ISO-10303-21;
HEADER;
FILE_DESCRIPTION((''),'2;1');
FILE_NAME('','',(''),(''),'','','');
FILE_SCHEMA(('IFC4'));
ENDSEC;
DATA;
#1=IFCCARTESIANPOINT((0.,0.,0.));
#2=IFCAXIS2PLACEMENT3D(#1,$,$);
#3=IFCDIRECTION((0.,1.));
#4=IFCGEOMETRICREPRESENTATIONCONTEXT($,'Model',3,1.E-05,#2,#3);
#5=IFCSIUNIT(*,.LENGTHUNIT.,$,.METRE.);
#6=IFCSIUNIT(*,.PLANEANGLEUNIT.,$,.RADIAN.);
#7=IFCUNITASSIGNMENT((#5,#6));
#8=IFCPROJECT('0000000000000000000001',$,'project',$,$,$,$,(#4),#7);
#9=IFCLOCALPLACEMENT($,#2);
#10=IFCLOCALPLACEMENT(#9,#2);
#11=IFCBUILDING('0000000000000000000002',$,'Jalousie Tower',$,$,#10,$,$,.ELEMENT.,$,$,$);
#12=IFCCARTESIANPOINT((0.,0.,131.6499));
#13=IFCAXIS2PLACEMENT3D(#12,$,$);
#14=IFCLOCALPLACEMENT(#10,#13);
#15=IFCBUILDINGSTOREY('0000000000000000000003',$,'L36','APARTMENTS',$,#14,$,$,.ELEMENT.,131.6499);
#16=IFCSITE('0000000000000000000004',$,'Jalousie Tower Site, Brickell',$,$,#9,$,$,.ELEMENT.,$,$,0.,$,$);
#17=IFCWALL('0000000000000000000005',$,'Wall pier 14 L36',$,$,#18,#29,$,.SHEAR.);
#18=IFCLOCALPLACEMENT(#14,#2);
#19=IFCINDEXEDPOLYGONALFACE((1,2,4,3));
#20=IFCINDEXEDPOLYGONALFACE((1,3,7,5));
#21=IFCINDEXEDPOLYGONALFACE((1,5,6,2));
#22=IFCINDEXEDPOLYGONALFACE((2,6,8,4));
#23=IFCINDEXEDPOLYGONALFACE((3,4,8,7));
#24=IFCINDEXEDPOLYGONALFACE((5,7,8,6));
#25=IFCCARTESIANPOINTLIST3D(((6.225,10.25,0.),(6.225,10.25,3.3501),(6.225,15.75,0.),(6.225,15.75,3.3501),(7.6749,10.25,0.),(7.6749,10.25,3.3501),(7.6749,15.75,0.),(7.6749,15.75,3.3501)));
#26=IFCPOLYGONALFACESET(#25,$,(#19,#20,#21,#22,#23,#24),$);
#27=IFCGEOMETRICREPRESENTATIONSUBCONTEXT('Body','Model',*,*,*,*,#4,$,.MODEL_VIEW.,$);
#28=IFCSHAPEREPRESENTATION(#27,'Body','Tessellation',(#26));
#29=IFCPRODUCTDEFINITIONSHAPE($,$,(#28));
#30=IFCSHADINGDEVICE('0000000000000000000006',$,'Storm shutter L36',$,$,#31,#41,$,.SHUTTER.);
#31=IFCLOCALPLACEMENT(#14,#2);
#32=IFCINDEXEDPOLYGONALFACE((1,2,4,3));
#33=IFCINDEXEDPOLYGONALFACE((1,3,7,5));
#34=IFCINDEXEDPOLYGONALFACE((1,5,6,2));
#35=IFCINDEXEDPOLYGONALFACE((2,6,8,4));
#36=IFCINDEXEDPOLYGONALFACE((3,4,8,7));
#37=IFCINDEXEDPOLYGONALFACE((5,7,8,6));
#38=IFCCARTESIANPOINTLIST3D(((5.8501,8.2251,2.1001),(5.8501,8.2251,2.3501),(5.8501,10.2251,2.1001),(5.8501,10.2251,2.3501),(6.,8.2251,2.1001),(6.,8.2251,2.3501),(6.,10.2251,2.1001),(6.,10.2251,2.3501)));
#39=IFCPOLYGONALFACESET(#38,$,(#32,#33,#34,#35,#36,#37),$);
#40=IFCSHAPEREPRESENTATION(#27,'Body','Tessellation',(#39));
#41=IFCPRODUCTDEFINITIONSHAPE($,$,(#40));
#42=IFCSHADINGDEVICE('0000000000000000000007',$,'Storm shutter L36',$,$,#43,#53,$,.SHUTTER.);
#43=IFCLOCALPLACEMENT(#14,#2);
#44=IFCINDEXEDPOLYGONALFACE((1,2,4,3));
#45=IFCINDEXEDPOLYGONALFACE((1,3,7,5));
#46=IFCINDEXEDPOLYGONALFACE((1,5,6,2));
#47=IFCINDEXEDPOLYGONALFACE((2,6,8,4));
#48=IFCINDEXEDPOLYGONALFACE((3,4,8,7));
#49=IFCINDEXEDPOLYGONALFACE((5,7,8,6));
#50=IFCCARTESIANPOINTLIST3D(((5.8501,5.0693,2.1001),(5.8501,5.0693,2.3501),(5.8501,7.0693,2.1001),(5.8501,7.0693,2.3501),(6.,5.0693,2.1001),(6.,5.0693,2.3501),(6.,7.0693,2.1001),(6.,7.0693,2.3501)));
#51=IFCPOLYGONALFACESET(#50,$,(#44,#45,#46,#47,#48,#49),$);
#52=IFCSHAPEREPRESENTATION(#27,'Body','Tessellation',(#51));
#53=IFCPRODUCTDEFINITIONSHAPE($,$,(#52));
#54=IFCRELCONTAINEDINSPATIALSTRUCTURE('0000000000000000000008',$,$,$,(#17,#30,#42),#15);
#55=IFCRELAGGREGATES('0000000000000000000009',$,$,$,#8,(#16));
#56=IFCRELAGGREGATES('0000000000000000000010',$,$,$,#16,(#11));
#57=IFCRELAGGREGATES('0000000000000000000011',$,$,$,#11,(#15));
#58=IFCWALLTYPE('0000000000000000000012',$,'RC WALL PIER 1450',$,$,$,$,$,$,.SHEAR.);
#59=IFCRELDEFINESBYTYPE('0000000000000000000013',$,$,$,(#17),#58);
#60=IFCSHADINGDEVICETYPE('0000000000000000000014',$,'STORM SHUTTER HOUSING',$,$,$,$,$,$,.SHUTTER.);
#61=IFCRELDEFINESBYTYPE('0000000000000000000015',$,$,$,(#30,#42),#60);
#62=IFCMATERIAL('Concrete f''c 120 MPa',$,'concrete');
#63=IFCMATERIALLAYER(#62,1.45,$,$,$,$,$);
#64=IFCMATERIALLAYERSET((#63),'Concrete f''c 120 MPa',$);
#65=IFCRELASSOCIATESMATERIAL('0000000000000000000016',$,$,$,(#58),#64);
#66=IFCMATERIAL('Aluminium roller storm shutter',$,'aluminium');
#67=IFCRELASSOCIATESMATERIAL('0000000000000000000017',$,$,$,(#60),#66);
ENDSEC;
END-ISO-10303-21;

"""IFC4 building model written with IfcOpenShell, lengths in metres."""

from ifc_helpers import new_model, si_unit, direction, frame, frame_2d, origin, origin_2d, place, context, subcontext, project, spatial, rectangle, extrude, material, layer, layer_set, type_object, element, save


model = new_model("IFC4")

# Units and contexts
model_context = context("Model", 3, precision=1e-05, world=origin(), true_north=direction((0.0, 1.0)))
body_context = subcontext(model_context, "Body", "Model", "MODEL_VIEW")
ifc_project = project(units=[si_unit("LENGTHUNIT", "METRE"), si_unit("PLANEANGLEUNIT", "RADIAN")], contexts=[model_context])

# Site, building, storey
site_placement = place(None, origin())
site = spatial("IfcSite", under=ifc_project, at=site_placement, Name="Jalousie Tower Site, Brickell", CompositionType="ELEMENT", RefElevation=0.0)
building_placement = place(site_placement, origin())
building = spatial("IfcBuilding", under=site, at=building_placement, Name="Jalousie Tower", CompositionType="ELEMENT")
storey_placement = place(building_placement, frame((0.0, 0.0, 131.6499)))
storey = spatial("IfcBuildingStorey", under=building, at=storey_placement, Name="L36", Description="APARTMENTS", CompositionType="ELEMENT", Elevation=131.6499)

# Wall
ifc_material_1 = material(Name="Concrete f'c 120 MPa", Category="concrete")
ifc_layer_1 = layer(ifc_material_1, 1.45)
ifc_layer_set_1 = layer_set([ifc_layer_1], Name="Concrete f'c 120 MPa")
wall_type_1 = type_object("IfcWallType", Name="RC WALL PIER 1450", PredefinedType="SHEAR", material=ifc_layer_set_1)
wall_1_placement = place(storey_placement, frame((6.95, 10.25, 0.0), z_axis=(0.0, 0.0, 1.0), x_axis=(0.0, 1.0, 0.0)))
element("IfcWall", 1, at=wall_1_placement, inside=storey, type_object=wall_type_1, Name="Wall pier 14 L36", PredefinedType="SHEAR", context=body_context, shape_type="SweptSolid", body=[
    extrude(rectangle(XDim=5.5, YDim=1.45, at=frame_2d((2.75, 0.0))), origin(), (0.0, 0.0, 1.0), 3.3501),
])

# Shading devices
ifc_material_2 = material(Name="Aluminium roller storm shutter", Category="aluminium")
shading_device_type = type_object("IfcShadingDeviceType", Name="STORM SHUTTER HOUSING", PredefinedType="SHUTTER", material=ifc_material_2)
for number, where, z_axis, x_axis, name in (
    (2, (5.925, 9.2251, 2.1001), (0.0, 0.0, 1.0), (0.0, -1.0, 0.0), "Storm shutter L36"),
    (3, (5.925, 6.0693, 2.1001), (0.0, 0.0, 1.0), (0.0, -1.0, 0.0), "Storm shutter L36"),
):
    element("IfcShadingDevice", number, at=place(storey_placement, frame(where, z_axis=z_axis, x_axis=x_axis)), inside=storey, type_object=shading_device_type, Name=name, PredefinedType="SHUTTER", context=body_context, shape_type="SweptSolid", body=[
        extrude(rectangle(XDim=2.0, YDim=0.1499, at=origin_2d()), origin(), (0.0, 0.0, 1.0), 0.25),
    ])

save(model, "model.ifc")
